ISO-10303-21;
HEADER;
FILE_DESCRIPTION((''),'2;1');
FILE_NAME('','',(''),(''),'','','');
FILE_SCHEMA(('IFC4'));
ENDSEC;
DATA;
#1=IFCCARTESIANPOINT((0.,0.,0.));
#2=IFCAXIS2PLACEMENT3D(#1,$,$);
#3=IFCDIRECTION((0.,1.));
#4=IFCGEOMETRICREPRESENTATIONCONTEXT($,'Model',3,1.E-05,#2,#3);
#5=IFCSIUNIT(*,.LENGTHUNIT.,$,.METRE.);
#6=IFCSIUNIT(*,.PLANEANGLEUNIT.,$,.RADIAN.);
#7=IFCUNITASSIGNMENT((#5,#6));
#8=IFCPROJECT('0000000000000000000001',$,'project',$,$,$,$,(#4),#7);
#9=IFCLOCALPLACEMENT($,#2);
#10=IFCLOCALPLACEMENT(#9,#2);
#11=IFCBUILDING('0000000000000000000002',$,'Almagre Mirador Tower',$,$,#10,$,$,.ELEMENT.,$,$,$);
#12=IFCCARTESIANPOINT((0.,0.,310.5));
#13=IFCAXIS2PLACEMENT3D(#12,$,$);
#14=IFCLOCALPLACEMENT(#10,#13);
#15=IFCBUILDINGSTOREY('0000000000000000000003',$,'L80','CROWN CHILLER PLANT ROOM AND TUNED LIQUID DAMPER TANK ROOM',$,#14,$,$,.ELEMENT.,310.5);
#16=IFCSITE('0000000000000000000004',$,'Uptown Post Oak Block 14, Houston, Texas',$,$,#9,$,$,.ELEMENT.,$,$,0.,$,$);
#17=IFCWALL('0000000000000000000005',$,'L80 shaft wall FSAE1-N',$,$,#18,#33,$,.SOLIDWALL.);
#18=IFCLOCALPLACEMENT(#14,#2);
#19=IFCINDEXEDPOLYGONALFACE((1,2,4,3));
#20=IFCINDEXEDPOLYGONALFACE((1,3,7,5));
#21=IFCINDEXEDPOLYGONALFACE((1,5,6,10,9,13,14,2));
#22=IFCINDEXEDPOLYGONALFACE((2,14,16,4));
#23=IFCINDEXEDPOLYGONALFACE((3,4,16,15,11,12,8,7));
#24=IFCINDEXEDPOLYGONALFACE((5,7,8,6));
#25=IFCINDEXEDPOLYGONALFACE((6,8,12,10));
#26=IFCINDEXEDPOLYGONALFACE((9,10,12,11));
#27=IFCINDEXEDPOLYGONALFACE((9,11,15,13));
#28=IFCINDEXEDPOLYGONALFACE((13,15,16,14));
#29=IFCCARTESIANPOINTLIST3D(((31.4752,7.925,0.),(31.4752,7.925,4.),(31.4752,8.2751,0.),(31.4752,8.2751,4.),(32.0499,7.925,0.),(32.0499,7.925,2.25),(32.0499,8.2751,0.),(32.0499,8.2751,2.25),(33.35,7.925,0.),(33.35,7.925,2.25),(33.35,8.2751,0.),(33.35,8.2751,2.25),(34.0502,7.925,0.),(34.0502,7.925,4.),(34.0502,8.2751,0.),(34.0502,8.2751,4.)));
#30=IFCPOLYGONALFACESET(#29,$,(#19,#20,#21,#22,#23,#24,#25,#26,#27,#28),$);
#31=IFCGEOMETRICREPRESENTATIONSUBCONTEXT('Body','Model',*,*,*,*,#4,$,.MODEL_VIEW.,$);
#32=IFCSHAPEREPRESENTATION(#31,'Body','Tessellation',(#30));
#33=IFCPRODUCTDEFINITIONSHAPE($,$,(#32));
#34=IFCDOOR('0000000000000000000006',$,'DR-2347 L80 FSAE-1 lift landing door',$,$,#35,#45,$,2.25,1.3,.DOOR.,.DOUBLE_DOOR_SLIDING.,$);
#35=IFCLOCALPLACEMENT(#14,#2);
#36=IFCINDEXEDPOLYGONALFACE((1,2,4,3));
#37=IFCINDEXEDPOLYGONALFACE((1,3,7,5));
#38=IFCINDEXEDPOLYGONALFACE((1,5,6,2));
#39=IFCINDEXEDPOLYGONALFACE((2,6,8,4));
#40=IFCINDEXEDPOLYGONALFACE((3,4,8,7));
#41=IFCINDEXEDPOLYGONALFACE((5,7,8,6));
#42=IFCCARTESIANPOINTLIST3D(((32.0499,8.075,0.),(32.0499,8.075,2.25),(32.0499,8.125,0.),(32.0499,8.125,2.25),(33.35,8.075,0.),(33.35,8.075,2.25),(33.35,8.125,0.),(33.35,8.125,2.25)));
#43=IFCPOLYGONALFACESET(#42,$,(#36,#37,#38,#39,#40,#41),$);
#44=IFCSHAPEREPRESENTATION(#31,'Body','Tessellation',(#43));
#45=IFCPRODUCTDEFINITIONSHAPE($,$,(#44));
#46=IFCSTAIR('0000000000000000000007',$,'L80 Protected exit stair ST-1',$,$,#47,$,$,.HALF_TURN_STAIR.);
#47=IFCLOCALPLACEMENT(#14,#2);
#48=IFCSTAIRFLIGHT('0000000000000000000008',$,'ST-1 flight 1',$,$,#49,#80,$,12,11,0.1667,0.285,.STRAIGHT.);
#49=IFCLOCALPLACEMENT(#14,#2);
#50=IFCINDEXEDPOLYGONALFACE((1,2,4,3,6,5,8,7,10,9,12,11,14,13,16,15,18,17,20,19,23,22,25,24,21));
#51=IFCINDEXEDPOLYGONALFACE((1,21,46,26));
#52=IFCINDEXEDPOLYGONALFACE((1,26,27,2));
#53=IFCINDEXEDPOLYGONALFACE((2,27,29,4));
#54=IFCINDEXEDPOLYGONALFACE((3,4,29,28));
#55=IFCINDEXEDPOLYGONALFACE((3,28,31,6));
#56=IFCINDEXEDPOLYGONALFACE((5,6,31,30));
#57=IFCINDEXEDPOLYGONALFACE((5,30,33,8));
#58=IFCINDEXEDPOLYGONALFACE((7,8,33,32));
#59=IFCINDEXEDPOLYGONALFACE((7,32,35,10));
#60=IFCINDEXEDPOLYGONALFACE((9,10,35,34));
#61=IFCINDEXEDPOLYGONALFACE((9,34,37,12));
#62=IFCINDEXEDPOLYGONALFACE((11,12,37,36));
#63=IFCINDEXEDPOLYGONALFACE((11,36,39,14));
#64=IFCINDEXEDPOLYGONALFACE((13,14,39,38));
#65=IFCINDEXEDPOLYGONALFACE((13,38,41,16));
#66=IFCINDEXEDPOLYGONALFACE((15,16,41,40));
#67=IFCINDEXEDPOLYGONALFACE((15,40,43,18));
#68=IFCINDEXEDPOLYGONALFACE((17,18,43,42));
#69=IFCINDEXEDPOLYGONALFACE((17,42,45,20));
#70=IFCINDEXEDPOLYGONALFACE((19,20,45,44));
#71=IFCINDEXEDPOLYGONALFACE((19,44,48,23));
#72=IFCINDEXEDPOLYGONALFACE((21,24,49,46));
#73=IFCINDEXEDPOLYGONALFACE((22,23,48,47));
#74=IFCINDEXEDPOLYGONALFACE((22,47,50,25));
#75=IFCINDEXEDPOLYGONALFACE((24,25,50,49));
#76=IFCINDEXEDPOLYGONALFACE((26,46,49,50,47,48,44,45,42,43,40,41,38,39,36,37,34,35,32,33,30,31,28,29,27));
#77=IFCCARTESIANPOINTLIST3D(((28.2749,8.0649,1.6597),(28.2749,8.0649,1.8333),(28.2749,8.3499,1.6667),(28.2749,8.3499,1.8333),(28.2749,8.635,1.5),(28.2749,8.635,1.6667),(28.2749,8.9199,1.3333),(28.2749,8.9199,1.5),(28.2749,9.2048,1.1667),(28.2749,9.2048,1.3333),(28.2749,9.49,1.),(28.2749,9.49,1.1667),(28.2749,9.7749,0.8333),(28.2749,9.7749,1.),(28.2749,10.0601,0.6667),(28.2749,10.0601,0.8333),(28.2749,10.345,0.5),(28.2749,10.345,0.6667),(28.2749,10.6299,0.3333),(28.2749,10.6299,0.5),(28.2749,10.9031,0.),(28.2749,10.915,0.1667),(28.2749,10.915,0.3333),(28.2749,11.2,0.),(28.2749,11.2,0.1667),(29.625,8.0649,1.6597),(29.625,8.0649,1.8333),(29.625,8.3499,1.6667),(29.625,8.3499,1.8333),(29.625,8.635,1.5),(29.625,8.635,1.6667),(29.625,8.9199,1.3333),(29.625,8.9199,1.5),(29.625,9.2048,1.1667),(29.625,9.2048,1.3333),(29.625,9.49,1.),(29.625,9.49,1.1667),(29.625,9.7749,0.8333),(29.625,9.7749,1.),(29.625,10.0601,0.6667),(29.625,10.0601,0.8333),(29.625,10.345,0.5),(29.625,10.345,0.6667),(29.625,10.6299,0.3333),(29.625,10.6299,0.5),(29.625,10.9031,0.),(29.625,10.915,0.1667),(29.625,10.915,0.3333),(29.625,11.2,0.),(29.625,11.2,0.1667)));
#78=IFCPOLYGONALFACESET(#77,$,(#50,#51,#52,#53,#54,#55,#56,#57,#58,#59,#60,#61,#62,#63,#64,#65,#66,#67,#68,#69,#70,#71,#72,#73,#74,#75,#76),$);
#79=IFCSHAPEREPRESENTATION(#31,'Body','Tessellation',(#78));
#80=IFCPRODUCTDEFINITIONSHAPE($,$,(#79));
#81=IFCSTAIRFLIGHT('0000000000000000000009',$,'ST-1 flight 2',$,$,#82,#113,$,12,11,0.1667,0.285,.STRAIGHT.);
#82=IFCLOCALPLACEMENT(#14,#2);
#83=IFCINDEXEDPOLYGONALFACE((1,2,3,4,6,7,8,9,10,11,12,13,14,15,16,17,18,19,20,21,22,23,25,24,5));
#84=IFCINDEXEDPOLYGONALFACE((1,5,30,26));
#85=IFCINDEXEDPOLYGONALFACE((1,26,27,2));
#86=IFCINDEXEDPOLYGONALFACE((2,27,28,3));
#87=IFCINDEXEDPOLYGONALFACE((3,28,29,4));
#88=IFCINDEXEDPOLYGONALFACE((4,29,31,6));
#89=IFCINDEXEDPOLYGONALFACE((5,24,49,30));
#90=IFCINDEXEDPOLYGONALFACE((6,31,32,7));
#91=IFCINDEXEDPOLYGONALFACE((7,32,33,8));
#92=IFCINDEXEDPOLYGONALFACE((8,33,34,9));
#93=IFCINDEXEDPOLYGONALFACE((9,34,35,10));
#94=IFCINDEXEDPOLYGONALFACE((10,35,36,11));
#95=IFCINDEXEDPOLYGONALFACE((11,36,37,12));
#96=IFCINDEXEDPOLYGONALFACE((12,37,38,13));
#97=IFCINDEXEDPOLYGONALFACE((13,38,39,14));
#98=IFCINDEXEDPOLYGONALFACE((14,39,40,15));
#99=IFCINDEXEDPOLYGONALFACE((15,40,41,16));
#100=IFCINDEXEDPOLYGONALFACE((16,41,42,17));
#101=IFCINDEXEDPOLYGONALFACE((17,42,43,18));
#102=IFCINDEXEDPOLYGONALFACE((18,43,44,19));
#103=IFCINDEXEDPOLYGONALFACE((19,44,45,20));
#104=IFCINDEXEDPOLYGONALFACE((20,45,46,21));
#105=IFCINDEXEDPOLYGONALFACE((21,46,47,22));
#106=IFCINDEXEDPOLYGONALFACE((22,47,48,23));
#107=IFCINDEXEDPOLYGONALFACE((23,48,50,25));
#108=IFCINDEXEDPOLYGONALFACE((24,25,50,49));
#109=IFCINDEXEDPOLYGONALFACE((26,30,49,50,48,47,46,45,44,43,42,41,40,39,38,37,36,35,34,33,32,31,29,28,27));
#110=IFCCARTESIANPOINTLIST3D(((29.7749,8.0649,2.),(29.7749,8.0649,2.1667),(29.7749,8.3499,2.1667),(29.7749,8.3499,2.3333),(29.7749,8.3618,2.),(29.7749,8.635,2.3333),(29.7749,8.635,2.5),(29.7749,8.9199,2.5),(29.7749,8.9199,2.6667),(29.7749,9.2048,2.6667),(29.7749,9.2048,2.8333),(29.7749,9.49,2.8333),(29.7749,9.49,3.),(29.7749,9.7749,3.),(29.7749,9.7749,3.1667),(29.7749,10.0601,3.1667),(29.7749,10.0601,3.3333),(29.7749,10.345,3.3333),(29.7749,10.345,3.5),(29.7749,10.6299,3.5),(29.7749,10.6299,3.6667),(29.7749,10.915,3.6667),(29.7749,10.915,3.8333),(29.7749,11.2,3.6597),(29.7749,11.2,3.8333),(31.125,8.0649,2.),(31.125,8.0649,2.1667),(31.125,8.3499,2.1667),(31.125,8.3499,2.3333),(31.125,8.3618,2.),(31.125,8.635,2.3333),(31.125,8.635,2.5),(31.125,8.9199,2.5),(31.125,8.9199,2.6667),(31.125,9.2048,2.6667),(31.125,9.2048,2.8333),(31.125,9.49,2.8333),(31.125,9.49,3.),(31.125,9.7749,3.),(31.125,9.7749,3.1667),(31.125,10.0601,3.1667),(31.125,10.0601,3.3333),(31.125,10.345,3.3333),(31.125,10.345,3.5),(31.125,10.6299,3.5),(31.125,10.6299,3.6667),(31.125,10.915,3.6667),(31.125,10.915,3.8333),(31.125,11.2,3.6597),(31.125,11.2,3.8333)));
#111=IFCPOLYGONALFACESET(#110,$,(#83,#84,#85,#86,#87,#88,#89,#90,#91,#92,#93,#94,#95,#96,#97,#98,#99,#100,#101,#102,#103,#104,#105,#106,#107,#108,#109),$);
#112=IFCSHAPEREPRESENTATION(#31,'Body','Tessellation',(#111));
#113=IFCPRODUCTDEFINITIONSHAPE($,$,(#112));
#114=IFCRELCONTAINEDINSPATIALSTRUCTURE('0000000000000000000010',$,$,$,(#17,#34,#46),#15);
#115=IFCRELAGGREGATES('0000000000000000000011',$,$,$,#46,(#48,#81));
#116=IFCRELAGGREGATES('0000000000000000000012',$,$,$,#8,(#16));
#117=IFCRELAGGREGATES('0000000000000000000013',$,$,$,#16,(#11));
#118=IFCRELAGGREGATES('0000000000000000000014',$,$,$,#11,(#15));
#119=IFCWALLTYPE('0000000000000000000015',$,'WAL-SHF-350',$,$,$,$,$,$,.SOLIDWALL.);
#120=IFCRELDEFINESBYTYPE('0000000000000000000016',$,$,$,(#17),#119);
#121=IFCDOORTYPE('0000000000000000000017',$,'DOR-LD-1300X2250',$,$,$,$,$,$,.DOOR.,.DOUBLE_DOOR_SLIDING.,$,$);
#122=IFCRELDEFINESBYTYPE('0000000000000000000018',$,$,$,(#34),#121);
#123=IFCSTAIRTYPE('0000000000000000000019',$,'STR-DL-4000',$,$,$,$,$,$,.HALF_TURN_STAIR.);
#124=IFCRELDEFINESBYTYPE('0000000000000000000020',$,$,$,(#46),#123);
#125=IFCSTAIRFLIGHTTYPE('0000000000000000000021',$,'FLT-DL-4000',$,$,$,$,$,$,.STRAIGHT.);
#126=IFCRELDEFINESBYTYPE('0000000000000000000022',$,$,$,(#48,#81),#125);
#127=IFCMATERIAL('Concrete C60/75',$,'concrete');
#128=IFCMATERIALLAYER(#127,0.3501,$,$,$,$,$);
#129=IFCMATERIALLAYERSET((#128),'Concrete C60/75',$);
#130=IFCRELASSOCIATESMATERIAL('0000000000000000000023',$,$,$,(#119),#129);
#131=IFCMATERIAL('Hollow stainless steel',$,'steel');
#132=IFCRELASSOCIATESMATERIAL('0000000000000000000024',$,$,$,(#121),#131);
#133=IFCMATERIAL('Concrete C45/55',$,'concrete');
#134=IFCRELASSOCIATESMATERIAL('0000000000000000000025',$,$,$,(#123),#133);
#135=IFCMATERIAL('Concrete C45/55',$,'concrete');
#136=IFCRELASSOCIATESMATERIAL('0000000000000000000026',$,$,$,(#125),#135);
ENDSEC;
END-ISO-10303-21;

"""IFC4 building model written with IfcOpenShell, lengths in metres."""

from ifc_helpers import new_model, si_unit, direction, frame, frame_2d, origin, place, context, subcontext, project, spatial, polyline, rectangle, outline, extrude, material, layer, layer_set, type_object, element, fill, aggregate, save


model = new_model("IFC4")

# Units and contexts
model_context = context("Model", 3, precision=1e-05, world=origin(), true_north=direction((0.0, 1.0)))
body_context = subcontext(model_context, "Body", "Model", "MODEL_VIEW")
ifc_project = project(units=[si_unit("LENGTHUNIT", "METRE"), si_unit("PLANEANGLEUNIT", "RADIAN")], contexts=[model_context])

# Site, building, storey
site_placement = place(None, origin())
site = spatial("IfcSite", under=ifc_project, at=site_placement, Name="Uptown Post Oak Block 14, Houston, Texas", CompositionType="ELEMENT", RefElevation=0.0)
building_placement = place(site_placement, origin())
building = spatial("IfcBuilding", under=site, at=building_placement, Name="Almagre Mirador Tower", CompositionType="ELEMENT")
storey_placement = place(building_placement, frame((0.0, 0.0, 310.5)))
storey = spatial("IfcBuildingStorey", under=building, at=storey_placement, Name="L80", Description="CROWN CHILLER PLANT ROOM AND TUNED LIQUID DAMPER TANK ROOM", CompositionType="ELEMENT", Elevation=310.5)

# Shared definitions
ifc_material_1 = material(Name="Concrete C60/75", Category="concrete")
ifc_layer_1 = layer(ifc_material_1, 0.3501)
ifc_layer_set_1 = layer_set([ifc_layer_1], Name="Concrete C60/75")
wall_type_1 = type_object("IfcWallType", Name="WAL-SHF-350", PredefinedType="SOLIDWALL", material=ifc_layer_set_1)

# Wall, opening, door
wall_1_placement = place(storey_placement, frame((31.4751, 8.1001, 0.0), z_axis=(0.0, 0.0, 1.0), x_axis=(1.0, 0.0, 0.0)))
wall_1 = element("IfcWall", 1, at=wall_1_placement, inside=storey, type_object=wall_type_1, Name="L80 shaft wall FSAE1-N", PredefinedType="SOLIDWALL", context=body_context, shape_type="SweptSolid", body=[
    extrude(rectangle(XDim=2.575, YDim=0.3501, at=frame_2d((1.2876, 0.0))), origin(), (0.0, 0.0, 1.0), 4.0),
])
opening_1_placement = place(wall_1_placement, frame((0.575, 0.0, 0.0)))
opening_1 = element("IfcOpeningElement", 2, at=opening_1_placement, cuts=wall_1, PredefinedType="OPENING", context=body_context, shape_type="SweptSolid", body=[
    extrude(rectangle(XDim=1.3, YDim=2.25, at=frame_2d((0.6499, 1.125))), frame((0.0, 0.185, 0.0), z_axis=(0.0, -1.0, 0.0), x_axis=(1.0, 0.0, 0.0)), (0.0, 0.0, 1.0), 0.3701),
])
ifc_material_2 = material(Name="Hollow stainless steel", Category="steel")
door_type_1 = type_object("IfcDoorType", Name="DOR-LD-1300X2250", OperationType="DOUBLE_DOOR_SLIDING", PredefinedType="DOOR", material=ifc_material_2)
door_1_placement = place(opening_1_placement, origin())
door_1 = element("IfcDoor", 3, at=door_1_placement, inside=storey, type_object=door_type_1, Name="DR-2347 L80 FSAE-1 lift landing door", OperationType="DOUBLE_DOOR_SLIDING", OverallHeight=2.25, OverallWidth=1.3, PredefinedType="DOOR", context=body_context, shape_type="SweptSolid", body=[
    extrude(rectangle(XDim=1.3, YDim=2.25, at=frame_2d((0.6499, 1.125))), frame((0.0, 0.0249, 0.0), z_axis=(0.0, -1.0, 0.0), x_axis=(1.0, 0.0, 0.0)), (0.0, 0.0, 1.0), 0.05),
])
fill(opening_1, door_1)

# Stair, stair flights
ifc_material_3 = material(Name="Concrete C45/55", Category="concrete")
stair_type = type_object("IfcStairType", Name="STR-DL-4000", PredefinedType="HALF_TURN_STAIR", material=ifc_material_3)
stair_placement = place(storey_placement, origin())
stair = element("IfcStair", 4, at=stair_placement, inside=storey, type_object=stair_type, Name="L80 Protected exit stair ST-1", PredefinedType="HALF_TURN_STAIR")
ifc_material_4 = material(Name="Concrete C45/55", Category="concrete")
stair_flight_type = type_object("IfcStairFlightType", Name="FLT-DL-4000", PredefinedType="STRAIGHT", material=ifc_material_4)
stair_flight_1_placement = place(storey_placement, frame((28.95, 11.2, 0.0), z_axis=(0.0, 0.0, 1.0), x_axis=(0.0, -1.0, 0.0)))
stair_flight_1 = element("IfcStairFlight", 5, at=stair_flight_1_placement, type_object=stair_flight_type, Name="ST-1 flight 1", NumberOfRisers=12, NumberOfTreads=11, PredefinedType="STRAIGHT", RiserHeight=0.1667, TreadLength=0.285, context=body_context, shape_type="SweptSolid", body=[
    extrude(outline(polyline([(0.0, 0.0), (0.0, 0.1667), (0.2849, 0.1667), (0.2849, 0.3333), (0.5701, 0.3333), (0.5701, 0.5), (0.855, 0.5), (0.855, 0.6667), (1.1399, 0.6667), (1.1399, 0.8333), (1.425, 0.8333), (1.425, 1.0), (1.71, 1.0), (1.71, 1.1667), (1.9951, 1.1667), (1.9951, 1.3333), (2.28, 1.3333), (2.28, 1.5), (2.5649, 1.5), (2.5649, 1.6667), (2.8501, 1.6667), (2.8501, 1.8333), (3.135, 1.8333), (3.135, 2.0), (3.135, 1.6597), (0.2969, 0.0), (0.0, 0.0)])), frame((0.0, 0.675, 0.0), z_axis=(0.0, -1.0, 0.0), x_axis=(1.0, 0.0, 0.0)), (0.0, 0.0, 1.0), 1.3501),
])
stair_flight_2_placement = place(storey_placement, frame((30.45, 8.0649, 2.0), z_axis=(0.0, 0.0, 1.0), x_axis=(0.0, 1.0, 0.0)))
stair_flight_2 = element("IfcStairFlight", 6, at=stair_flight_2_placement, type_object=stair_flight_type, Name="ST-1 flight 2", NumberOfRisers=12, NumberOfTreads=11, PredefinedType="STRAIGHT", RiserHeight=0.1667, TreadLength=0.285, context=body_context, shape_type="SweptSolid", body=[
    extrude(outline(polyline([(0.0, 0.0), (0.0, 0.1667), (0.2849, 0.1667), (0.2849, 0.3333), (0.5701, 0.3333), (0.5701, 0.5), (0.855, 0.5), (0.855, 0.6667), (1.1399, 0.6667), (1.1399, 0.8333), (1.425, 0.8333), (1.425, 1.0), (1.71, 1.0), (1.71, 1.1667), (1.9951, 1.1667), (1.9951, 1.3333), (2.28, 1.3333), (2.28, 1.5), (2.5649, 1.5), (2.5649, 1.6667), (2.8501, 1.6667), (2.8501, 1.8333), (3.135, 1.8333), (3.135, 2.0), (3.135, 1.6597), (0.2969, 0.0), (0.0, 0.0)])), frame((0.0, 0.675, 0.0), z_axis=(0.0, -1.0, 0.0), x_axis=(1.0, 0.0, 0.0)), (0.0, 0.0, 1.0), 1.3501),
])
aggregate(stair, [stair_flight_1, stair_flight_2])

save(model, "model.ifc")
